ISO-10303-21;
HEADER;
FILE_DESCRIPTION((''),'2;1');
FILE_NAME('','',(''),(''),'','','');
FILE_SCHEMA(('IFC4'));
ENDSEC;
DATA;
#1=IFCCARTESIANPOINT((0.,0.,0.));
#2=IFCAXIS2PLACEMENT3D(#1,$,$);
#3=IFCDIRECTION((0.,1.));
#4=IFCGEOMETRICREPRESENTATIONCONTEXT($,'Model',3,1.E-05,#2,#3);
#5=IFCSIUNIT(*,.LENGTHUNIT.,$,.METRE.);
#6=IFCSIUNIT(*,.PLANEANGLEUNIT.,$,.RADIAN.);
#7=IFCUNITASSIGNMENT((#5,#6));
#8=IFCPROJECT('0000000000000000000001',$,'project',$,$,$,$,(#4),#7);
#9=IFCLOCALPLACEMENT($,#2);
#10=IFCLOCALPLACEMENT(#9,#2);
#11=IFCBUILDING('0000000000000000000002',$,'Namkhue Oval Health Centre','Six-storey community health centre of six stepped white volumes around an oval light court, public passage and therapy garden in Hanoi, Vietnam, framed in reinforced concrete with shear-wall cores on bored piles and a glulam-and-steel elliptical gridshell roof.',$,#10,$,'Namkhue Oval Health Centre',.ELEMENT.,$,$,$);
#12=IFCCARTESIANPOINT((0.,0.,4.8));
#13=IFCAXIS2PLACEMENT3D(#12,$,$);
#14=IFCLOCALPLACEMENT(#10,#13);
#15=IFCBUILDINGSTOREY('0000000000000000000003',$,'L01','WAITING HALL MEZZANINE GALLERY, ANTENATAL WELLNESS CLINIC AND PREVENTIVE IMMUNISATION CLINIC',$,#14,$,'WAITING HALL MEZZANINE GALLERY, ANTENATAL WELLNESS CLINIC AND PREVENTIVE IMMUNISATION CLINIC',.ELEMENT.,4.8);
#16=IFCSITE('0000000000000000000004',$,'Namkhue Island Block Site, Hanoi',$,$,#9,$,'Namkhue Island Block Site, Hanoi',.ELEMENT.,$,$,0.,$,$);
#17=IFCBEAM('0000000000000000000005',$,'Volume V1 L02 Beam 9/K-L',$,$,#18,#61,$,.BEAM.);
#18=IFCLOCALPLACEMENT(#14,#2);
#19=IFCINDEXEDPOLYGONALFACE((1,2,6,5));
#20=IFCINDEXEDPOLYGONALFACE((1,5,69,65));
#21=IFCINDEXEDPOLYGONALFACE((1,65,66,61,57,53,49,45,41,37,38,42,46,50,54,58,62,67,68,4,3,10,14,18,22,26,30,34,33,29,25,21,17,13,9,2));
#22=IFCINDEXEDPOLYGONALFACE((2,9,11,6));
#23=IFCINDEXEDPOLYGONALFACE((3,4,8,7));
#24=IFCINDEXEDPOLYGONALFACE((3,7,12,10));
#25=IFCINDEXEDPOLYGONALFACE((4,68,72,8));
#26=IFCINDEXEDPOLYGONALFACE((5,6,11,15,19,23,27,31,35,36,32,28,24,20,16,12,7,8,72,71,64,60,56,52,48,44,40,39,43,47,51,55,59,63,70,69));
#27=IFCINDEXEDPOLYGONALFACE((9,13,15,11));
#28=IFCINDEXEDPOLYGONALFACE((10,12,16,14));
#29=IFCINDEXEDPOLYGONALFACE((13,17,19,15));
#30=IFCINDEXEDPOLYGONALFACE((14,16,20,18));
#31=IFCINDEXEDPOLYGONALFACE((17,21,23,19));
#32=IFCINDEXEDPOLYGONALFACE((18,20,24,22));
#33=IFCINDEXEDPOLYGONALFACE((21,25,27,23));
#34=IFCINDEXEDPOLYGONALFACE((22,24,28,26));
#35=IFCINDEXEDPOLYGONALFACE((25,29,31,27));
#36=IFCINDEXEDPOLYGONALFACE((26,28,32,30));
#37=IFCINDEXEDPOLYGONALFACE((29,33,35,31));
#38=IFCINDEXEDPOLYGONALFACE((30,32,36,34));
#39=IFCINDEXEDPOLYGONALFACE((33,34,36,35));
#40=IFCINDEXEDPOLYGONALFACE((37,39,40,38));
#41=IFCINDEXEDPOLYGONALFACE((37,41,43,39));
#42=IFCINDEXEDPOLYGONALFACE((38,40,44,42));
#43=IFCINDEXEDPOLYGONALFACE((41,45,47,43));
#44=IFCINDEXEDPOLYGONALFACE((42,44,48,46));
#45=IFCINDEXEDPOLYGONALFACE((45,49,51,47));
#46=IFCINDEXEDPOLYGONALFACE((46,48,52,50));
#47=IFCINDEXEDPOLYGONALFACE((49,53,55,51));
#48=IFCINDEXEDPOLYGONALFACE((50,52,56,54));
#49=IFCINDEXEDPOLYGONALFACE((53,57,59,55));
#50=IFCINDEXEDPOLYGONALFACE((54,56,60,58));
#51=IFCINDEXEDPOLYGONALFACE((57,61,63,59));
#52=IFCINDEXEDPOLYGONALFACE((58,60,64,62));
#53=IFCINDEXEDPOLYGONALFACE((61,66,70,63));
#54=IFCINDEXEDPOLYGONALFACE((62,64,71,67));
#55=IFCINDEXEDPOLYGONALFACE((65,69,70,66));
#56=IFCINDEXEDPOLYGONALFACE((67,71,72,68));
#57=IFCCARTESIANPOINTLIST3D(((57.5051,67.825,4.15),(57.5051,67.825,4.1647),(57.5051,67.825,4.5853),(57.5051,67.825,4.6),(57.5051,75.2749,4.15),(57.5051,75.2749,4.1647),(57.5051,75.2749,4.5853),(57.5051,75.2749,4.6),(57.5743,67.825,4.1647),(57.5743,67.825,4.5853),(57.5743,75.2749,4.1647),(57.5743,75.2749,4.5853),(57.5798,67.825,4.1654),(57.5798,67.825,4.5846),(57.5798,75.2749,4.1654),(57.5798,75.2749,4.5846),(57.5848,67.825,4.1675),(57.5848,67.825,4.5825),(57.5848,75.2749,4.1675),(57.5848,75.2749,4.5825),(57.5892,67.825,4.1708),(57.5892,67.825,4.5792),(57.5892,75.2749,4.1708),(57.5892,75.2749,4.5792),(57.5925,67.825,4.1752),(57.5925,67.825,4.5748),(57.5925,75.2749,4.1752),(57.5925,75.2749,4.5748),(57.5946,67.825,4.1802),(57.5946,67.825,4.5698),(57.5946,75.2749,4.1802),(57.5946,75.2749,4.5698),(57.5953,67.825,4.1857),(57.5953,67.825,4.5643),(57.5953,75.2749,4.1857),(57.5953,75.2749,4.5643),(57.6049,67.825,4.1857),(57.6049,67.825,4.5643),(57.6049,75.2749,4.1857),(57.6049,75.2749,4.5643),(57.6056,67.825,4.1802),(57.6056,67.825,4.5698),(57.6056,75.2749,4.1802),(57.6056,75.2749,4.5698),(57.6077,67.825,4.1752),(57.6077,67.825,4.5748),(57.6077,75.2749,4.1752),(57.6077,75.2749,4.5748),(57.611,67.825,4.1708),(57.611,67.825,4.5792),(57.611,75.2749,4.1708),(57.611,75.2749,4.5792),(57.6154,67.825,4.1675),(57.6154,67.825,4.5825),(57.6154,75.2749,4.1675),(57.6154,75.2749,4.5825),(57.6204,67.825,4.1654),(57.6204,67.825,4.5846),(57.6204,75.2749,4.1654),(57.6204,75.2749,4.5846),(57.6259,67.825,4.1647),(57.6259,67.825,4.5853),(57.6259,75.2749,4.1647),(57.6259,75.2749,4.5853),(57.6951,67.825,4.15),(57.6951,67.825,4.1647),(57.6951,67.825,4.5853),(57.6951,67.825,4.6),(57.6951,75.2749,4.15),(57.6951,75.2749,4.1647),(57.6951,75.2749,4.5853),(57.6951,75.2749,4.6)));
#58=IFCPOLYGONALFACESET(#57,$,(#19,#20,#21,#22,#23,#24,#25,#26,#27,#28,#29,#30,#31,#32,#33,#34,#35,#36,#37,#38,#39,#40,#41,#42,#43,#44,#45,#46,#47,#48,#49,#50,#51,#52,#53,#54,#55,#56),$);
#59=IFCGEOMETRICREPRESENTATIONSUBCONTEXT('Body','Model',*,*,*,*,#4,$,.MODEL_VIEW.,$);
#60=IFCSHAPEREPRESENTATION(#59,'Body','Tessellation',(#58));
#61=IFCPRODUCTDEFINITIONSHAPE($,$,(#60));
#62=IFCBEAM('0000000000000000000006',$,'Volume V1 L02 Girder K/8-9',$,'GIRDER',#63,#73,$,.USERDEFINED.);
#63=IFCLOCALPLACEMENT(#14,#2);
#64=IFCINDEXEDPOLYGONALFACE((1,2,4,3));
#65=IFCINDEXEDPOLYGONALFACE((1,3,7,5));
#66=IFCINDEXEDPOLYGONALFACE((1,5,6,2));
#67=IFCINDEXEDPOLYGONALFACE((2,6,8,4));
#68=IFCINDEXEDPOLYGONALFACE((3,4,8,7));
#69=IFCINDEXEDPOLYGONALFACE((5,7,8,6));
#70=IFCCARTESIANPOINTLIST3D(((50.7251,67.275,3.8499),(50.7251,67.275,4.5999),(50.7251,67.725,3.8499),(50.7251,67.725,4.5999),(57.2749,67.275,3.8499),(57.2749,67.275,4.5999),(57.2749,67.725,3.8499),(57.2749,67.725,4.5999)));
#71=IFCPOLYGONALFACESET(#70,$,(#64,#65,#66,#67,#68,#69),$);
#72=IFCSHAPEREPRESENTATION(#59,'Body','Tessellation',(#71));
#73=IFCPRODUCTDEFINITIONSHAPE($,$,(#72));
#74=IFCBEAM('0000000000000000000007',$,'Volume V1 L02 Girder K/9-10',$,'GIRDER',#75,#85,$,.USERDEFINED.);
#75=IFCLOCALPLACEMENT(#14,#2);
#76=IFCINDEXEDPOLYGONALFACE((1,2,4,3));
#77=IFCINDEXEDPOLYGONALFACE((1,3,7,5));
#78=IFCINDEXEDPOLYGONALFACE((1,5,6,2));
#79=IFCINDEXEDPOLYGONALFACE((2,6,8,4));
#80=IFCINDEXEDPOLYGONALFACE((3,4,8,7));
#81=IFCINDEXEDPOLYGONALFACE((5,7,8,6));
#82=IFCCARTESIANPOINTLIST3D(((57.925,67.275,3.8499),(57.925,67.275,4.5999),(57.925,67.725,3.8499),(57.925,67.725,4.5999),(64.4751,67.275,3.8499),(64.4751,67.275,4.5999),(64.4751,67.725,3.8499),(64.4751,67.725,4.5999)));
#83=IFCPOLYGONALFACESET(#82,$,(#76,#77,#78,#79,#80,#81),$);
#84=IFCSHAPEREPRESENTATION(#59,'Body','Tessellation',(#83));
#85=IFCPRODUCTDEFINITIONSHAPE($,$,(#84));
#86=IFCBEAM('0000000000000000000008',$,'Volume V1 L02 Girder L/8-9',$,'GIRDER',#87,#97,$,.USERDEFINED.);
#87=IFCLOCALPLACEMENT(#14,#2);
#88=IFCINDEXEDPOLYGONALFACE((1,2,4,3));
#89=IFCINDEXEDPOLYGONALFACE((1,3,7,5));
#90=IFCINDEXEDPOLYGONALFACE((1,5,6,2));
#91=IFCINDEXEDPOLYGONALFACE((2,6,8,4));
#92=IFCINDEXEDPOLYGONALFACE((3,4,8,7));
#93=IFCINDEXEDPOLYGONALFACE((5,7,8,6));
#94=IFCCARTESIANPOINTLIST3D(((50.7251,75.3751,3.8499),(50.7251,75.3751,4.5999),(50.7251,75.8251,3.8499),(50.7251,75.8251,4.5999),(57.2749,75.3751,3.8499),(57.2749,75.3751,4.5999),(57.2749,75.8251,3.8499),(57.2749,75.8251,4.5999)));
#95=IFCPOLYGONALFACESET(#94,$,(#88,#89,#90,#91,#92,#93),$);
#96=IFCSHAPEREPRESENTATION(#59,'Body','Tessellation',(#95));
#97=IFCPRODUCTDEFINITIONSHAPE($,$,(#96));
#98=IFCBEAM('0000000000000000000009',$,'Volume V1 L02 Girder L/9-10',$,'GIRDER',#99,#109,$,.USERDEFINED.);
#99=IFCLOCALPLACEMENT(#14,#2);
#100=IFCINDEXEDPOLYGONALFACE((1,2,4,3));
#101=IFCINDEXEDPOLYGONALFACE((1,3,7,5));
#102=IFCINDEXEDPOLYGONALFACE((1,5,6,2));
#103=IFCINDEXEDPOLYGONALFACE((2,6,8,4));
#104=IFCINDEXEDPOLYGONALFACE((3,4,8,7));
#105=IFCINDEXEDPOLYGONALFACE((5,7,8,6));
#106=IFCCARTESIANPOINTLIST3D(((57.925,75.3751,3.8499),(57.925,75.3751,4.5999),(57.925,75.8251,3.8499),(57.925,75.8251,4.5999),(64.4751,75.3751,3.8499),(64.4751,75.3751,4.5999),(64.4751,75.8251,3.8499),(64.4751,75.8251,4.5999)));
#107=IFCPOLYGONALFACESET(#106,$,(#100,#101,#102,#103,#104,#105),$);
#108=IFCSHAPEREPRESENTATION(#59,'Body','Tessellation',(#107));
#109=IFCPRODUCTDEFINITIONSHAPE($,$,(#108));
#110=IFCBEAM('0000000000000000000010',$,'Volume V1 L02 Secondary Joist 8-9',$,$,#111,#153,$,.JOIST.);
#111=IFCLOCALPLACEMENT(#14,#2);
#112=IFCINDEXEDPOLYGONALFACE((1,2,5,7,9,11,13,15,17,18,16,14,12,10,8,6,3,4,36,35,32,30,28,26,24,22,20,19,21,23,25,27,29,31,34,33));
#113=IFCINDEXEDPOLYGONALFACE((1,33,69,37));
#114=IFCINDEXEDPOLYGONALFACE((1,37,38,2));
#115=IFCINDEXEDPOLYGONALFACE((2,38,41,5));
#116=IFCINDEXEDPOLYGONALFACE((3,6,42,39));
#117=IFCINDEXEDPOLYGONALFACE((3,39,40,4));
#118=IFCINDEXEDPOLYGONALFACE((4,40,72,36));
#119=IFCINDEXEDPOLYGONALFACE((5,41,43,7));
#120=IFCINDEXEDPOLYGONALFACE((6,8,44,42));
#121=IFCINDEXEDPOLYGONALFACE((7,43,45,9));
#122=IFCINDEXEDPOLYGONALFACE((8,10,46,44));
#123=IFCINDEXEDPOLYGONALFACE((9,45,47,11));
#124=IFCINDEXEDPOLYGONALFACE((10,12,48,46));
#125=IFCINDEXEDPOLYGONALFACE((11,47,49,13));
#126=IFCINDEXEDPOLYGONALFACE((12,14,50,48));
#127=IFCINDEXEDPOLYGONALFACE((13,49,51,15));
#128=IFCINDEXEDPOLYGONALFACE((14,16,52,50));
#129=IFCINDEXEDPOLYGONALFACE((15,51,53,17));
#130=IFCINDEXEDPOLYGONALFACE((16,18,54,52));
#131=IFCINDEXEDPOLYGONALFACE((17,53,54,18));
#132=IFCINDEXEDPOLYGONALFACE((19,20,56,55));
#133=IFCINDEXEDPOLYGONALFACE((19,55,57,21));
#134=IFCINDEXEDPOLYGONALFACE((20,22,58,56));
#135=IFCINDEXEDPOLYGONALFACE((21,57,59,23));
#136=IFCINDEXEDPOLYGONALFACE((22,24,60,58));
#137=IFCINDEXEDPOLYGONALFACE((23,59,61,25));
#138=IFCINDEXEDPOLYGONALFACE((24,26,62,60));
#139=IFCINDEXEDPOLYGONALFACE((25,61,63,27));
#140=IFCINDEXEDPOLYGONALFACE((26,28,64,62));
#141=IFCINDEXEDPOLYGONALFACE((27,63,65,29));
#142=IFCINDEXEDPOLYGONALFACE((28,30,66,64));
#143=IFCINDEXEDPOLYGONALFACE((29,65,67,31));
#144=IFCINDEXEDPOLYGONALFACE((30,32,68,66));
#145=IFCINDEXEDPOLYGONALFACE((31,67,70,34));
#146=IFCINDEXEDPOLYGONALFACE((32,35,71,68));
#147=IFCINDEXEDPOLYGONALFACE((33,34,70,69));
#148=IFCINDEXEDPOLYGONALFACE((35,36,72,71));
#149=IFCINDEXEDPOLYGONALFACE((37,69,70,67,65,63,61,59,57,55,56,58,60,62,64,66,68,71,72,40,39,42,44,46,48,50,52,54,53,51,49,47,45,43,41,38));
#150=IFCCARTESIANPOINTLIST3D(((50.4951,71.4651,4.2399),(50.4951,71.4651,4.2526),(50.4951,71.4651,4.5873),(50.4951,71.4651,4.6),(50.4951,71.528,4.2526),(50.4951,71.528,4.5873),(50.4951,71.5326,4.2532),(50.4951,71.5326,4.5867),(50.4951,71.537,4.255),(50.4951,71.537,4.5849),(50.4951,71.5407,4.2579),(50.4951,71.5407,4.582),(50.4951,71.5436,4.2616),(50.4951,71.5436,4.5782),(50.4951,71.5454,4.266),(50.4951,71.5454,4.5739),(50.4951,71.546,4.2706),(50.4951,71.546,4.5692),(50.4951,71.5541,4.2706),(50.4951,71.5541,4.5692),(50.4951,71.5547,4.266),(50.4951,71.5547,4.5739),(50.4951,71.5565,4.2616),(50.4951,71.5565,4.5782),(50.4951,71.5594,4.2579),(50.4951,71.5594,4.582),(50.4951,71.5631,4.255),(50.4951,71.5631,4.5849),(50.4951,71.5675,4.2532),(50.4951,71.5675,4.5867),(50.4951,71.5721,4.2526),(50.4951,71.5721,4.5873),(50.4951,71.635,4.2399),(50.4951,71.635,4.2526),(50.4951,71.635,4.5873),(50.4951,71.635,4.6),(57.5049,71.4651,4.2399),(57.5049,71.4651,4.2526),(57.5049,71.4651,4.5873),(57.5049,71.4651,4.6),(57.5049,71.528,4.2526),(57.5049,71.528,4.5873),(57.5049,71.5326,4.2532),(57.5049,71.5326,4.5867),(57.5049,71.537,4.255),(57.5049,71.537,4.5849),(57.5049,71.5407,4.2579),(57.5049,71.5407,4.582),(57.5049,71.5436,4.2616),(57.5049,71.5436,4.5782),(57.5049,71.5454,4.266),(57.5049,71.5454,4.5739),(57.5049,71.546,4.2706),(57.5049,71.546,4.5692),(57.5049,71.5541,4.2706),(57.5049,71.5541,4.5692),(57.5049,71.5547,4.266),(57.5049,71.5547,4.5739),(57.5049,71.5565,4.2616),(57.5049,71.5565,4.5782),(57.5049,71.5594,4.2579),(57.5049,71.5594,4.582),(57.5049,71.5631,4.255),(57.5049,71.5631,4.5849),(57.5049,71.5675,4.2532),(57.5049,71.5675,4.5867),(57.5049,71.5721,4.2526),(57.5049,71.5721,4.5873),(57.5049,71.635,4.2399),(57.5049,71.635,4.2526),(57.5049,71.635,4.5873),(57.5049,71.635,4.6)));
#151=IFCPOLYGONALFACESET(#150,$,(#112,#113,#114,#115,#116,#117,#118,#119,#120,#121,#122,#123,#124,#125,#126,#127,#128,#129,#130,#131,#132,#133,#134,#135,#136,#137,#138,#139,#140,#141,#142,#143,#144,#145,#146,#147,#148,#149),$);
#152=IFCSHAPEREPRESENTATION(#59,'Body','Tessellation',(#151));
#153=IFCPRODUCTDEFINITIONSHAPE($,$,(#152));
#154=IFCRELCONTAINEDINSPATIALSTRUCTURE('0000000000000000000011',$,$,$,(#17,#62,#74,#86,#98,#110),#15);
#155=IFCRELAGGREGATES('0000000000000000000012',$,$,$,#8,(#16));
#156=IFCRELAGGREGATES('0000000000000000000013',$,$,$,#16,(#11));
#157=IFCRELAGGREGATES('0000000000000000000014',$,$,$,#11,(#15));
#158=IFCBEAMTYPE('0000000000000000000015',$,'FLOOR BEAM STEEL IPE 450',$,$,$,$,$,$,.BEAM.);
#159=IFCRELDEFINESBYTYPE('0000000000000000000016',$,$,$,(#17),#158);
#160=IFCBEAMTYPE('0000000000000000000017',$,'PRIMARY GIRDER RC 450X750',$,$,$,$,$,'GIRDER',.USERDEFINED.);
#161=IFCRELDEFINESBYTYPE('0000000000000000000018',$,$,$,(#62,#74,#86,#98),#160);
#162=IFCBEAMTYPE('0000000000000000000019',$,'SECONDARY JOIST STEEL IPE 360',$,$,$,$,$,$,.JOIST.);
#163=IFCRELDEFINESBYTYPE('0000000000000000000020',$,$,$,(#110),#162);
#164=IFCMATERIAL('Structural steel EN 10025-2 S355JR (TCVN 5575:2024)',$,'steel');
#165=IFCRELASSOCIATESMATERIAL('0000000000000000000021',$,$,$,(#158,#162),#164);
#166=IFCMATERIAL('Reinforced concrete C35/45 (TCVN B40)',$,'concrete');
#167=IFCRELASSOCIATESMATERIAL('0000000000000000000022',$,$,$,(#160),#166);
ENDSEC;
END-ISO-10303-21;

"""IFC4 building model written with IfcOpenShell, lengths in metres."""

from ifc_helpers import new_model, si_unit, direction, frame, origin, origin_2d, place, context, subcontext, project, spatial, rectangle, i_section, extrude, material, material_profile, profile_set, type_object, element, save


model = new_model("IFC4")

# Units and contexts
model_context = context("Model", 3, precision=1e-05, world=origin(), true_north=direction((0.0, 1.0)))
body_context = subcontext(model_context, "Body", "Model", "MODEL_VIEW")
ifc_project = project(units=[si_unit("LENGTHUNIT", "METRE"), si_unit("PLANEANGLEUNIT", "RADIAN")], contexts=[model_context])

# Site, building, storey
site_placement = place(None, origin())
site = spatial("IfcSite", under=ifc_project, at=site_placement, Name="Namkhue Island Block Site, Hanoi", LongName="Namkhue Island Block Site, Hanoi", CompositionType="ELEMENT", RefElevation=0.0)
building_placement = place(site_placement, origin())
building = spatial("IfcBuilding", under=site, at=building_placement, Name="Namkhue Oval Health Centre", Description="Six-storey community health centre of six stepped white volumes around an oval light court, public passage and therapy garden in Hanoi, Vietnam, framed in reinforced concrete with shear-wall cores on bored piles and a glulam-and-steel elliptical gridshell roof.", LongName="Namkhue Oval Health Centre", CompositionType="ELEMENT")
storey_placement = place(building_placement, frame((0.0, 0.0, 4.8)))
storey = spatial("IfcBuildingStorey", under=building, at=storey_placement, Name="L01", Description="WAITING HALL MEZZANINE GALLERY, ANTENATAL WELLNESS CLINIC AND PREVENTIVE IMMUNISATION CLINIC", LongName="WAITING HALL MEZZANINE GALLERY, ANTENATAL WELLNESS CLINIC AND PREVENTIVE IMMUNISATION CLINIC", CompositionType="ELEMENT", Elevation=4.8)

# Shared definitions
ifc_material_1 = material(Name="Reinforced concrete C35/45 (TCVN B40)", Category="concrete")

# Beams
ifc_material_2 = material(Name="Structural steel EN 10025-2 S355JR (TCVN 5575:2024)", Category="steel")
ifc_material_profile_1 = material_profile(ifc_material_2, i_section(OverallWidth=0.1899, OverallDepth=0.45, WebThickness=0.0095, FlangeThickness=0.0146, FilletRadius=0.021, at=origin_2d()), Name="IPE 450")
ifc_profile_set_1 = profile_set([ifc_material_profile_1], Name="Structural steel EN 10025-2 S355JR (TCVN 5575:2024)")
beam_type_1 = type_object("IfcBeamType", Name="FLOOR BEAM STEEL IPE 450", PredefinedType="BEAM", material=ifc_profile_set_1)
beam_1_placement = place(storey_placement, frame((57.6001, 67.825, 4.375), z_axis=(0.0, 1.0, 0.0), x_axis=(-1.0, 0.0, 0.0)))
element("IfcBeam", 1, at=beam_1_placement, inside=storey, type_object=beam_type_1, Name="Volume V1 L02 Beam 9/K-L", PredefinedType="BEAM", context=body_context, shape_type="SweptSolid", body=[
    extrude(i_section(OverallWidth=0.1899, OverallDepth=0.45, WebThickness=0.0095, FlangeThickness=0.0146, FilletRadius=0.021, at=origin_2d()), origin(), (0.0, 0.0, 1.0), 7.45),
])
ifc_material_profile_2 = material_profile(ifc_material_1, rectangle(XDim=0.45, YDim=0.75, at=origin_2d()), Name="RC 450x750")
ifc_profile_set_2 = profile_set([ifc_material_profile_2], Name="Reinforced concrete C35/45 (TCVN B40)")
beam_type_2 = type_object("IfcBeamType", Name="PRIMARY GIRDER RC 450X750", ElementType="GIRDER", PredefinedType="USERDEFINED", material=ifc_profile_set_2)
beam_2_placement = place(storey_placement, frame((50.7251, 67.5, 4.2249), z_axis=(1.0, 0.0, 0.0), x_axis=(0.0, 1.0, 0.0)))
element("IfcBeam", 2, at=beam_2_placement, inside=storey, type_object=beam_type_2, Name="Volume V1 L02 Girder K/8-9", ObjectType="GIRDER", PredefinedType="USERDEFINED", context=body_context, shape_type="SweptSolid", body=[
    extrude(rectangle(XDim=0.45, YDim=0.75, at=origin_2d()), origin(), (0.0, 0.0, 1.0), 6.5498),
])
beam_3_placement = place(storey_placement, frame((57.925, 67.5, 4.2249), z_axis=(1.0, 0.0, 0.0), x_axis=(0.0, 1.0, 0.0)))
element("IfcBeam", 3, at=beam_3_placement, inside=storey, type_object=beam_type_2, Name="Volume V1 L02 Girder K/9-10", ObjectType="GIRDER", PredefinedType="USERDEFINED", context=body_context, shape_type="SweptSolid", body=[
    extrude(rectangle(XDim=0.45, YDim=0.75, at=origin_2d()), origin(), (0.0, 0.0, 1.0), 6.55),
])
beam_4_placement = place(storey_placement, frame((50.7251, 75.6001, 4.2249), z_axis=(1.0, 0.0, 0.0), x_axis=(0.0, 1.0, 0.0)))
element("IfcBeam", 4, at=beam_4_placement, inside=storey, type_object=beam_type_2, Name="Volume V1 L02 Girder L/8-9", ObjectType="GIRDER", PredefinedType="USERDEFINED", context=body_context, shape_type="SweptSolid", body=[
    extrude(rectangle(XDim=0.45, YDim=0.75, at=origin_2d()), origin(), (0.0, 0.0, 1.0), 6.5498),
])
beam_5_placement = place(storey_placement, frame((57.925, 75.6001, 4.2249), z_axis=(1.0, 0.0, 0.0), x_axis=(0.0, 1.0, 0.0)))
element("IfcBeam", 5, at=beam_5_placement, inside=storey, type_object=beam_type_2, Name="Volume V1 L02 Girder L/9-10", ObjectType="GIRDER", PredefinedType="USERDEFINED", context=body_context, shape_type="SweptSolid", body=[
    extrude(rectangle(XDim=0.45, YDim=0.75, at=origin_2d()), origin(), (0.0, 0.0, 1.0), 6.55),
])
ifc_material_profile_3 = material_profile(ifc_material_2, i_section(OverallWidth=0.1699, OverallDepth=0.3601, WebThickness=0.0081, FlangeThickness=0.0127, FilletRadius=0.0181, at=origin_2d()), Name="IPE 360")
ifc_profile_set_3 = profile_set([ifc_material_profile_3], Name="Structural steel EN 10025-2 S355JR (TCVN 5575:2024)")
beam_type_3 = type_object("IfcBeamType", Name="SECONDARY JOIST STEEL IPE 360", PredefinedType="JOIST", material=ifc_profile_set_3)
beam_6_placement = place(storey_placement, frame((50.4951, 71.55, 4.4199), z_axis=(1.0, 0.0, 0.0), x_axis=(0.0, 1.0, 0.0)))
element("IfcBeam", 6, at=beam_6_placement, inside=storey, type_object=beam_type_3, Name="Volume V1 L02 Secondary Joist 8-9", PredefinedType="JOIST", context=body_context, shape_type="SweptSolid", body=[
    extrude(i_section(OverallWidth=0.1699, OverallDepth=0.3601, WebThickness=0.0081, FlangeThickness=0.0127, FilletRadius=0.0181, at=origin_2d()), origin(), (0.0, 0.0, 1.0), 7.0098),
])

save(model, "model.ifc")
